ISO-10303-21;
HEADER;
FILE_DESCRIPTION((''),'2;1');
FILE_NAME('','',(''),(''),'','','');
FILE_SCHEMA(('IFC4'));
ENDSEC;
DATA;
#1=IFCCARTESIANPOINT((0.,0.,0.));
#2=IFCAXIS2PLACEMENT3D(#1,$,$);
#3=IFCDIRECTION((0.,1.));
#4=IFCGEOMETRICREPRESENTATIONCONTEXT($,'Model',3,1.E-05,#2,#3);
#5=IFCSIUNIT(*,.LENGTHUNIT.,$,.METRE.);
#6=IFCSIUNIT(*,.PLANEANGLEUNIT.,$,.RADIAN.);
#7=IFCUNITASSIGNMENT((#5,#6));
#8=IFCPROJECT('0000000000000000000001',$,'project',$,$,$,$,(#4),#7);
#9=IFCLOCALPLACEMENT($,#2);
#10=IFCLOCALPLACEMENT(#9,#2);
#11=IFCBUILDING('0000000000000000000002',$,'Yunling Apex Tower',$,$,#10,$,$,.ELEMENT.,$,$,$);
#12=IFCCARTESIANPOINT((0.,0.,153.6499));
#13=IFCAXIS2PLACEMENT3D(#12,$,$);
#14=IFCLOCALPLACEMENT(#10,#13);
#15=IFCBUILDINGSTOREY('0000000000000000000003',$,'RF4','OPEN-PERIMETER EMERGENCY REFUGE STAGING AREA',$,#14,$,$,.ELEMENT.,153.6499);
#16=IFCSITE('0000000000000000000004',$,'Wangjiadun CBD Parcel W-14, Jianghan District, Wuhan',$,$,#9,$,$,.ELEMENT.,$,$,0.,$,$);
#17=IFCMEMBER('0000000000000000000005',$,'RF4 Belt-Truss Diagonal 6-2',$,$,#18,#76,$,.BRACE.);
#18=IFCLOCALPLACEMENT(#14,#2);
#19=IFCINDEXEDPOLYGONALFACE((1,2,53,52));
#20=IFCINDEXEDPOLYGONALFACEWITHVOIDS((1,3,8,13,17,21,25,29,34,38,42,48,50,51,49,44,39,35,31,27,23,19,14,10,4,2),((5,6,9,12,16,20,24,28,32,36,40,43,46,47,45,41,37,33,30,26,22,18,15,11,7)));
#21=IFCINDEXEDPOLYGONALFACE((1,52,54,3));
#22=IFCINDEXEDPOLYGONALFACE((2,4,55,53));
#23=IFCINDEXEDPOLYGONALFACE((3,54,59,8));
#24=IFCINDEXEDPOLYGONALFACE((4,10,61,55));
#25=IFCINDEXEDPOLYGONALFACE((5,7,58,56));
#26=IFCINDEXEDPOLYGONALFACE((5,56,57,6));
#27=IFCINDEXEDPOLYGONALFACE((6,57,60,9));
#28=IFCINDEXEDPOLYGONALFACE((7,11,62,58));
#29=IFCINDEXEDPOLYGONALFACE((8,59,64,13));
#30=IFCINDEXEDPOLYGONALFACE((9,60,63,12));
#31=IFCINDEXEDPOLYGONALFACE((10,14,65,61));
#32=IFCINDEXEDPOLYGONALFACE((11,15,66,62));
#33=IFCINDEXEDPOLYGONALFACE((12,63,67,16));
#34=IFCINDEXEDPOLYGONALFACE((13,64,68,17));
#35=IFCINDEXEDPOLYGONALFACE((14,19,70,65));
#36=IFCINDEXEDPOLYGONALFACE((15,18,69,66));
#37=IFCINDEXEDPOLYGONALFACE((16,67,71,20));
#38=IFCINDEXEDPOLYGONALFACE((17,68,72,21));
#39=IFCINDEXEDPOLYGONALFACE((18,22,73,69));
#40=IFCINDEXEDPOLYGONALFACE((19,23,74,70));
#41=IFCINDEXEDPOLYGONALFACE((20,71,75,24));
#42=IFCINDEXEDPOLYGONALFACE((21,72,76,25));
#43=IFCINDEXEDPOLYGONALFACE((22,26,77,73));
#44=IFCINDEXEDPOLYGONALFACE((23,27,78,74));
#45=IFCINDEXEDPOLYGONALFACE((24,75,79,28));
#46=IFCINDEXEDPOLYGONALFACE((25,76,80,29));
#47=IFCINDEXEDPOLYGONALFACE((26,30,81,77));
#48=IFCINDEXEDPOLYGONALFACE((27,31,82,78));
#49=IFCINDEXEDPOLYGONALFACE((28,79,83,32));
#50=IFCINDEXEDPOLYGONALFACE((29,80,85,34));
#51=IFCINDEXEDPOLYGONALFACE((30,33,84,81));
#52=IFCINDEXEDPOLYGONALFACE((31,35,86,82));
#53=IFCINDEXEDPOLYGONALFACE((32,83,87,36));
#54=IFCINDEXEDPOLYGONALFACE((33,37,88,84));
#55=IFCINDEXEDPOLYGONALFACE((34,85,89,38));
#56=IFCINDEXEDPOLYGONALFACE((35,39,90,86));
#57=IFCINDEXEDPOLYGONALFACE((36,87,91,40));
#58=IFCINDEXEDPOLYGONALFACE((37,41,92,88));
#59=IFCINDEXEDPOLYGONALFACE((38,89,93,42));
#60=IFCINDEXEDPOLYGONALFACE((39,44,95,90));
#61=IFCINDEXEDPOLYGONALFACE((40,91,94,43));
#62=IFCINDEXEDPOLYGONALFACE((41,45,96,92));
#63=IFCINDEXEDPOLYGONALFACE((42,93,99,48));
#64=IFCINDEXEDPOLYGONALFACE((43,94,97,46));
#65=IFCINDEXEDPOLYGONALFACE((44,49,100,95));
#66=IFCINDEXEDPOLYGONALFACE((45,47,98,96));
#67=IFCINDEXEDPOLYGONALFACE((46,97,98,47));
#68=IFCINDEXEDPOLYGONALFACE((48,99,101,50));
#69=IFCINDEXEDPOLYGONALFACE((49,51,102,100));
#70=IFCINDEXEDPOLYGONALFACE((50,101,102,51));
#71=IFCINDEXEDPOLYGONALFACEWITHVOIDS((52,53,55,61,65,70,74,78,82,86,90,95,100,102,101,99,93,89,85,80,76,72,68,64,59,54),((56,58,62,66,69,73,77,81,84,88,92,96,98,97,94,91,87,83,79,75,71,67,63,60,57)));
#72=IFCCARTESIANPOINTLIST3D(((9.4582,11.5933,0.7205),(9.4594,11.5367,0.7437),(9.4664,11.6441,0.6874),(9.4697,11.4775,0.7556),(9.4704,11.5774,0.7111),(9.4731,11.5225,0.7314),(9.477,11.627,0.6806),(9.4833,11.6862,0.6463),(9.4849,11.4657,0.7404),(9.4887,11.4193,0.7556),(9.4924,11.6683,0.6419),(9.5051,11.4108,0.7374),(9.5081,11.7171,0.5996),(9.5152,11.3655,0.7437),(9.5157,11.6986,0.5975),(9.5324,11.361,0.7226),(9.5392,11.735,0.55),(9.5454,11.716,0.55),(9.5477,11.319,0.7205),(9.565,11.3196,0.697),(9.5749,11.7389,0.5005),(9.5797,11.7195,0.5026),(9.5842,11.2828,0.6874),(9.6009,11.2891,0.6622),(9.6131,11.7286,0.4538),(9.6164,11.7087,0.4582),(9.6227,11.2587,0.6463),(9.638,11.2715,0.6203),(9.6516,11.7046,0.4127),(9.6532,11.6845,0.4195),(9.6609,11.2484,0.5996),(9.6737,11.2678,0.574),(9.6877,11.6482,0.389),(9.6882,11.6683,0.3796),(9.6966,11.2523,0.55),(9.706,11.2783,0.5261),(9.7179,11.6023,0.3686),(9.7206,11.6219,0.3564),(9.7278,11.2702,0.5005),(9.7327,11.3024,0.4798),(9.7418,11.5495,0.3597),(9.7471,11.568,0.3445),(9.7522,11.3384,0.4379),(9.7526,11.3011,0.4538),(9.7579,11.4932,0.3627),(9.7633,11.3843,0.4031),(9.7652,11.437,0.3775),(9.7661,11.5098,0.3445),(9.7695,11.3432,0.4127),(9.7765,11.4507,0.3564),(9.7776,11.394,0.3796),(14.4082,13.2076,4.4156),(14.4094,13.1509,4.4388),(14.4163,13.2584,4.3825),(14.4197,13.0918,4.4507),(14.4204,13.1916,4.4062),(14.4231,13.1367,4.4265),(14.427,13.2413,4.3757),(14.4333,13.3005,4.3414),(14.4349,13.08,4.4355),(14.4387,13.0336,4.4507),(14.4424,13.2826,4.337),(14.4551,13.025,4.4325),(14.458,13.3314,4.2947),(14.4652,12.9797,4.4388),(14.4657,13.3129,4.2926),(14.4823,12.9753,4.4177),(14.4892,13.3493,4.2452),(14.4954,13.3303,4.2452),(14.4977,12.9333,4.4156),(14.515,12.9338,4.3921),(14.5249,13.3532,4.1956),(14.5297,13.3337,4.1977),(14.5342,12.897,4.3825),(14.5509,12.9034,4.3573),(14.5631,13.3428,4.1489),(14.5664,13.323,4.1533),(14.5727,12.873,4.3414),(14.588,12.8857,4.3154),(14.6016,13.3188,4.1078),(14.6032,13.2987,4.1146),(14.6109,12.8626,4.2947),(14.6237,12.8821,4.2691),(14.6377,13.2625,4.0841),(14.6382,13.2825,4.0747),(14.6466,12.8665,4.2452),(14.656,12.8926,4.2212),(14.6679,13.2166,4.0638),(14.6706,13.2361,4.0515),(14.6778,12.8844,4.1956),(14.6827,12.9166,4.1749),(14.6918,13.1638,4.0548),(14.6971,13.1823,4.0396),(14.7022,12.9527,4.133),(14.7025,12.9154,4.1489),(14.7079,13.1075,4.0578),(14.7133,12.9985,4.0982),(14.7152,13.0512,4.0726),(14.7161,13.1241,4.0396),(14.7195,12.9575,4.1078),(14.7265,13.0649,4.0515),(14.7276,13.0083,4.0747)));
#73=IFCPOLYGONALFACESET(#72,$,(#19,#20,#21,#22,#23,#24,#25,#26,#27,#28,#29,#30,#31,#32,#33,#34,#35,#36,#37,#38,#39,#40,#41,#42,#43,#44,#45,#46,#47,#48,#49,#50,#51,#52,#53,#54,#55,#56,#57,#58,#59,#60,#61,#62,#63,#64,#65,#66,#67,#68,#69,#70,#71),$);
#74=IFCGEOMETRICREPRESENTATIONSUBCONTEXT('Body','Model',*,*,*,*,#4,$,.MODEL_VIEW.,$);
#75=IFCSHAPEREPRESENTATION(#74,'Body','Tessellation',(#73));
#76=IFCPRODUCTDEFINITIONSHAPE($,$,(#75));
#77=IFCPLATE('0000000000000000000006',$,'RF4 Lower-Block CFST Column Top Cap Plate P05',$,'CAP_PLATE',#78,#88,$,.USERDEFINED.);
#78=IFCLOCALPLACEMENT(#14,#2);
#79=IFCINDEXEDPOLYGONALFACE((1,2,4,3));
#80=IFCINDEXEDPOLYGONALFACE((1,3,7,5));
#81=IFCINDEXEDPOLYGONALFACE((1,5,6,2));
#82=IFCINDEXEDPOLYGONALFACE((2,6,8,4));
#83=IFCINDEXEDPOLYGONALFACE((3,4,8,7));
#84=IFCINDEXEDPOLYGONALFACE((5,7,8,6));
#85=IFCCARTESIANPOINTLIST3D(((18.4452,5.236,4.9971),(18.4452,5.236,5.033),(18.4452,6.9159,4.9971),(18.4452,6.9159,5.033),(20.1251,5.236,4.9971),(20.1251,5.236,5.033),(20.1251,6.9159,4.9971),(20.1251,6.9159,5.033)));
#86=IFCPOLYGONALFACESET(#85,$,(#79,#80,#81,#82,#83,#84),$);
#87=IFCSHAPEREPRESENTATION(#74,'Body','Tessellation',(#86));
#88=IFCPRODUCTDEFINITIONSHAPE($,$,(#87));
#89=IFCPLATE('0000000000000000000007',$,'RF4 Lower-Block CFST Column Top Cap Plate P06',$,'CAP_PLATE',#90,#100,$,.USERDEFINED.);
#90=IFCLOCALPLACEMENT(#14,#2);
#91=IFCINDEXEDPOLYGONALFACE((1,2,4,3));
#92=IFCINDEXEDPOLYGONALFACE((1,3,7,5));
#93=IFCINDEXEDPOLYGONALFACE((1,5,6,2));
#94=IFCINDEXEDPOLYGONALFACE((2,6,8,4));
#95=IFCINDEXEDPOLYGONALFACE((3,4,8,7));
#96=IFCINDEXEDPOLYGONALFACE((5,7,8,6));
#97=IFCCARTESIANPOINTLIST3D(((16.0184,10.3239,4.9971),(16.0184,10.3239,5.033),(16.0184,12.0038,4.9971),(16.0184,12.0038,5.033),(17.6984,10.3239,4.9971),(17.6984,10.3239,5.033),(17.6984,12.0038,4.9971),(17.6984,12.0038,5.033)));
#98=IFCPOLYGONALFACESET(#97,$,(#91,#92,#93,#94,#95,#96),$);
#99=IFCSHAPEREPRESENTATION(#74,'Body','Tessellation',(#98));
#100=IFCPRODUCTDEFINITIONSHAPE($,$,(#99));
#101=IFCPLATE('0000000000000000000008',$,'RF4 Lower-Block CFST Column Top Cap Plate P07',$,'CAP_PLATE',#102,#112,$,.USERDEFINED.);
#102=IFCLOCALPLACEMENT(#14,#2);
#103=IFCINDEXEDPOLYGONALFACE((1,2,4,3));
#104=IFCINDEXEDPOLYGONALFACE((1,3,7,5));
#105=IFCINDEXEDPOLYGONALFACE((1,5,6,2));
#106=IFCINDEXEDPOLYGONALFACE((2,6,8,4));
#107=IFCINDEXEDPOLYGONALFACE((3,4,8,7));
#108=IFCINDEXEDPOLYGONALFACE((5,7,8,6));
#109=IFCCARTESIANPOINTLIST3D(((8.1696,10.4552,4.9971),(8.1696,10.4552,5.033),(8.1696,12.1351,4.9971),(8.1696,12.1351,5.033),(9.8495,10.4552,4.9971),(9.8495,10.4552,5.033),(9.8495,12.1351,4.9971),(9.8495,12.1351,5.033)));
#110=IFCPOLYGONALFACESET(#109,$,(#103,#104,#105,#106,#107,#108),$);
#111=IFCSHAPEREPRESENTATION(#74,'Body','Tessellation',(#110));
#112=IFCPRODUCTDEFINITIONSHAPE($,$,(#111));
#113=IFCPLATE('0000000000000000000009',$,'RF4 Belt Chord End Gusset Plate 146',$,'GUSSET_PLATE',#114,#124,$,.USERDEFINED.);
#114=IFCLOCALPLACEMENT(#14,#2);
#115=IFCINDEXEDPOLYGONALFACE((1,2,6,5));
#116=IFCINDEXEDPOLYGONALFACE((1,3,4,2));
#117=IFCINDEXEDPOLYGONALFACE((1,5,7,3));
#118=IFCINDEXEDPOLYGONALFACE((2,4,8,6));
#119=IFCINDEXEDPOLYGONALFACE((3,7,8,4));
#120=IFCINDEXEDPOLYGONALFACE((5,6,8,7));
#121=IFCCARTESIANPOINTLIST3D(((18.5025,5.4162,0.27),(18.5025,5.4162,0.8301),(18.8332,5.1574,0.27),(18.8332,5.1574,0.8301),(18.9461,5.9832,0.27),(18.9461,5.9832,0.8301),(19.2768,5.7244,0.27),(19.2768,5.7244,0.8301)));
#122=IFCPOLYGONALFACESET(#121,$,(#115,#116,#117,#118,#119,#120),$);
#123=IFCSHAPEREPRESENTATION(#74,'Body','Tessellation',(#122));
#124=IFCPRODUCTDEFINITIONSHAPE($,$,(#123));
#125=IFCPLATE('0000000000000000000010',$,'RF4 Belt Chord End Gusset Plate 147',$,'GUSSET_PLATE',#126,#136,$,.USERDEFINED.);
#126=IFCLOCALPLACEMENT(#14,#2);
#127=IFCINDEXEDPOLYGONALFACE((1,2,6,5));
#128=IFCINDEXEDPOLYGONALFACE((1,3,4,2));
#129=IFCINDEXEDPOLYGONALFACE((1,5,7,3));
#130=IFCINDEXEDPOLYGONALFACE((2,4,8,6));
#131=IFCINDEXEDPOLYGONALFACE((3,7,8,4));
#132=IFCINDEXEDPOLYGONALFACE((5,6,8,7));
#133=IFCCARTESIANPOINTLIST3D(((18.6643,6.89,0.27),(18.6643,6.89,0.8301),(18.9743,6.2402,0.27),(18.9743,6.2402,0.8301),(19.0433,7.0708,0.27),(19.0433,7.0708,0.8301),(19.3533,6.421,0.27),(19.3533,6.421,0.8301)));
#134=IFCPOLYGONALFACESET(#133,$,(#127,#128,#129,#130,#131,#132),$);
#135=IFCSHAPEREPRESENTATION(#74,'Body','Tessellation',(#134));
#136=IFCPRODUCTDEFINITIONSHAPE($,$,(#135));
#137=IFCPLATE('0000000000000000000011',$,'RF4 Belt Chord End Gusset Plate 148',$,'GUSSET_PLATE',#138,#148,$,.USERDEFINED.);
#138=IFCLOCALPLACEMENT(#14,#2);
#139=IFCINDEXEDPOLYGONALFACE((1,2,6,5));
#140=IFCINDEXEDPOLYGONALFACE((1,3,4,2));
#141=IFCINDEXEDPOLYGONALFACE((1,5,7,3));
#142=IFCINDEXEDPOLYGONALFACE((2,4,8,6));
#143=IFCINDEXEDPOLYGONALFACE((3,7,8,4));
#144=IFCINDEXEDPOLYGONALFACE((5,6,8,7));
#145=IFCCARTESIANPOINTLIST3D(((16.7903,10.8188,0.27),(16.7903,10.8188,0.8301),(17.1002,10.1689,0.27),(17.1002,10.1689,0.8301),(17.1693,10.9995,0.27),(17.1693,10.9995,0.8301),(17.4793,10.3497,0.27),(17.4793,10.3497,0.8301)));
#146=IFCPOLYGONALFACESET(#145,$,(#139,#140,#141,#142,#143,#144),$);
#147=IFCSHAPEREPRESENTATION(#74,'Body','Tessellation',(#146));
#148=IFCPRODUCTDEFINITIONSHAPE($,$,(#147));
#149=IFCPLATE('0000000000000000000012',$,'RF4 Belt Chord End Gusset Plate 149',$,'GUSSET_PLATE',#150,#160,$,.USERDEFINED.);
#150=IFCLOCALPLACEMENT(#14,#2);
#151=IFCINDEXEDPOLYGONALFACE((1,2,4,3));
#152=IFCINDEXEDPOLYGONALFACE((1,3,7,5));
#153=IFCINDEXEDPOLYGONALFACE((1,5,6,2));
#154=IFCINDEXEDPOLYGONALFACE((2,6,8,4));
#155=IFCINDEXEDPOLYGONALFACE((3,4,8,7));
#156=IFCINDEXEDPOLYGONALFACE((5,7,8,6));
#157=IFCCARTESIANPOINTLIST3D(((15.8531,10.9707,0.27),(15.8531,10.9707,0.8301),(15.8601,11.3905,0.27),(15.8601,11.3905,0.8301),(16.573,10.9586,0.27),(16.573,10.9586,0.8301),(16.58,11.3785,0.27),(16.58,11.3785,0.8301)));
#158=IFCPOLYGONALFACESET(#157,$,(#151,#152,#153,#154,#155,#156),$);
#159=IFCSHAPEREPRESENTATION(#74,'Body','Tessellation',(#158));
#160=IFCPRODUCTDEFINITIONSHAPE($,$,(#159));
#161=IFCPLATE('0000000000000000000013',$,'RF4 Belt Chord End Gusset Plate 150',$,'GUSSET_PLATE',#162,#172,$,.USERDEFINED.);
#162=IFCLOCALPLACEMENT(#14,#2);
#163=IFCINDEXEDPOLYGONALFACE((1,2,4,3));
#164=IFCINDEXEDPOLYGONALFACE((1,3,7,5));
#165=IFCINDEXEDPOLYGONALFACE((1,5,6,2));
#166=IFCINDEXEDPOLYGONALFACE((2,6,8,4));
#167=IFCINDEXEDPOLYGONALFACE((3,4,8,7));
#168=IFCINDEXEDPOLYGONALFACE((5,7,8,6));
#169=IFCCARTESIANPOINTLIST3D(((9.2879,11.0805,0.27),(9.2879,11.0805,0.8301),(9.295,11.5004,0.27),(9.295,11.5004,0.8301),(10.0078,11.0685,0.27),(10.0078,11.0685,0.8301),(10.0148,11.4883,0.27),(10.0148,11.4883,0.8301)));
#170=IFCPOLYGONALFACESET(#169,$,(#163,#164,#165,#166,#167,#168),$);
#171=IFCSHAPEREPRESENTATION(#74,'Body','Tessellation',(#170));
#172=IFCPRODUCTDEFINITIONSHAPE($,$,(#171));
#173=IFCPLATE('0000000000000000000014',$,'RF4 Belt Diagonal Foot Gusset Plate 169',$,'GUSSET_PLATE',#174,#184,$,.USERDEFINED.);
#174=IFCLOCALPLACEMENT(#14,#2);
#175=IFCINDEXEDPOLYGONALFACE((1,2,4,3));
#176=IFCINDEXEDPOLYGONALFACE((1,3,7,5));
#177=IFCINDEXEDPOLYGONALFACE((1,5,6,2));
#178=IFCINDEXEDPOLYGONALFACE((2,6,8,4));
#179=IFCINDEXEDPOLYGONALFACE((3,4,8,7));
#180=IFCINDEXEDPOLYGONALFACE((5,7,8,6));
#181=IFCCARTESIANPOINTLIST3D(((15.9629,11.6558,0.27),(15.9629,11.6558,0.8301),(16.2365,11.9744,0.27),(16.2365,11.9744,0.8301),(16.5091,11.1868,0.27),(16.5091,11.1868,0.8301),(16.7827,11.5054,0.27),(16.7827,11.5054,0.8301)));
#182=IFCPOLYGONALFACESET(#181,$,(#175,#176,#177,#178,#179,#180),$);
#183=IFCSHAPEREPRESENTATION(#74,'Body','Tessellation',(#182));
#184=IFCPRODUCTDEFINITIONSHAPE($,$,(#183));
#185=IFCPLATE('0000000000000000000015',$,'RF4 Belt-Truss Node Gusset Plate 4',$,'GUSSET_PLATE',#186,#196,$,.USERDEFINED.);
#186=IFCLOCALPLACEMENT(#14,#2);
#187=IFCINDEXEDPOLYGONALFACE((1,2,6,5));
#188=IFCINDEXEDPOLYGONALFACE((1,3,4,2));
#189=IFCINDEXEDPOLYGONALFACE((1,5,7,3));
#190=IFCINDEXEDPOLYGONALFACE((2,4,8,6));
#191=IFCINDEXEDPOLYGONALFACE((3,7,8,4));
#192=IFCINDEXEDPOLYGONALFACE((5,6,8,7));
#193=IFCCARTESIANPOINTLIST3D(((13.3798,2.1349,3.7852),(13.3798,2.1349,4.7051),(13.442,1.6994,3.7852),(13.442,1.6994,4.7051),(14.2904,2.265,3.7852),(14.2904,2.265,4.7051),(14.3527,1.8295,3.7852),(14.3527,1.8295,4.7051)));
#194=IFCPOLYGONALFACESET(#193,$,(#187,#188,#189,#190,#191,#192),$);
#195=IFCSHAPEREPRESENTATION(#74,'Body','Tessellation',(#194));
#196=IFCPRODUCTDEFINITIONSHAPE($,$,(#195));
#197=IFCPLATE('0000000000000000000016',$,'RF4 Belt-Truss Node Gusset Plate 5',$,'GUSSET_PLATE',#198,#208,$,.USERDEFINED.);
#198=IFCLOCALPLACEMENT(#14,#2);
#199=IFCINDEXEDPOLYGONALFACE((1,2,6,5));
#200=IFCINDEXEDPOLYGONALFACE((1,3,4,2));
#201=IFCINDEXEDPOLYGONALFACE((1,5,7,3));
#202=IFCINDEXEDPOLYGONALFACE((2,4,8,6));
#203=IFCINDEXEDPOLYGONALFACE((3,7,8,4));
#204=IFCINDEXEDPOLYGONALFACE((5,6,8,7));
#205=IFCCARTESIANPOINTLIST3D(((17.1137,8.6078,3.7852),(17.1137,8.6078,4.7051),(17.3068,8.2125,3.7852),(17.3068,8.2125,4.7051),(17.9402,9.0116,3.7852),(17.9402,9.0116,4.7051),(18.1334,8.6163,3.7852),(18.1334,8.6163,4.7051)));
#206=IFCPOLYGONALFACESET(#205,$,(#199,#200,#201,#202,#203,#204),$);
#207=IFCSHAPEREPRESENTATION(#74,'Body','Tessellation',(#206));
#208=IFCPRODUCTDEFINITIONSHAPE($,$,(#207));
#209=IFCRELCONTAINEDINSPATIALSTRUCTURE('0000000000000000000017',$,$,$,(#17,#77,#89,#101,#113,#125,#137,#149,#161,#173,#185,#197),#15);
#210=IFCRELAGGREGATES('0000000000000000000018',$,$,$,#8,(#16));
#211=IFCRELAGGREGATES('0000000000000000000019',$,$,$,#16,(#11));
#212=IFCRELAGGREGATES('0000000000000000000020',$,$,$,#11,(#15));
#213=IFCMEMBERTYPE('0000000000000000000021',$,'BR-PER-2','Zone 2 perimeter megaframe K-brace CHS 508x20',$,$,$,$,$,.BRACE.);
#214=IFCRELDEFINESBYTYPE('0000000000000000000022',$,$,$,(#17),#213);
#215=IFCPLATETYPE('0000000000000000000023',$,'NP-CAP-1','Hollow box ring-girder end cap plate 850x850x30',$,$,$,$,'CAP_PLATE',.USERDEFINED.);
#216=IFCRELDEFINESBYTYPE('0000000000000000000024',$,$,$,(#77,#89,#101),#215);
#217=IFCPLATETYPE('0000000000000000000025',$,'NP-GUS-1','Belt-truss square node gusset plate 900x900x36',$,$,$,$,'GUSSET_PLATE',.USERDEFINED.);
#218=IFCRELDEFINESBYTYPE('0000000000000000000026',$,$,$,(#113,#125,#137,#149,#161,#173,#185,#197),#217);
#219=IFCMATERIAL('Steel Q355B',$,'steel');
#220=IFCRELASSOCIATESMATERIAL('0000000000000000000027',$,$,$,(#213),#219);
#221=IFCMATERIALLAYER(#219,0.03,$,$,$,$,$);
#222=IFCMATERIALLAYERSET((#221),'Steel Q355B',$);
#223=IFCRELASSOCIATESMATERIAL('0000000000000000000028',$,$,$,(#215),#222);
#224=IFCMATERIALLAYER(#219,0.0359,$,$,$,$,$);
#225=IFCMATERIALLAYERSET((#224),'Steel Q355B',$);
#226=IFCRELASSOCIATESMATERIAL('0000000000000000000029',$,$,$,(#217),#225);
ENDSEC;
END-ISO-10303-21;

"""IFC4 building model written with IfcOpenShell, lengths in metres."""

from ifc_helpers import new_model, si_unit, direction, frame, origin, origin_2d, place, context, subcontext, project, spatial, rectangle, hollow_circle, extrude, source, transform, mapped, material, layer, layer_set, material_profile, profile_set, type_object, element, save


model = new_model("IFC4")

# Units and contexts
model_context = context("Model", 3, precision=1e-05, world=origin(), true_north=direction((0.0, 1.0)))
body_context = subcontext(model_context, "Body", "Model", "MODEL_VIEW")
ifc_project = project(units=[si_unit("LENGTHUNIT", "METRE"), si_unit("PLANEANGLEUNIT", "RADIAN")], contexts=[model_context])

# Site, building, storey
site_placement = place(None, origin())
site = spatial("IfcSite", under=ifc_project, at=site_placement, Name="Wangjiadun CBD Parcel W-14, Jianghan District, Wuhan", CompositionType="ELEMENT", RefElevation=0.0)
building_placement = place(site_placement, origin())
building = spatial("IfcBuilding", under=site, at=building_placement, Name="Yunling Apex Tower", CompositionType="ELEMENT")
storey_placement = place(building_placement, frame((0.0, 0.0, 153.6499)))
storey = spatial("IfcBuildingStorey", under=building, at=storey_placement, Name="RF4", Description="OPEN-PERIMETER EMERGENCY REFUGE STAGING AREA", CompositionType="ELEMENT", Elevation=153.6499)

# Member
ifc_material_1 = material(Name="Steel Q355B", Category="steel")
ifc_material_profile_1 = material_profile(ifc_material_1, hollow_circle(Radius=0.2539, WallThickness=0.02, at=origin_2d()))
ifc_profile_set_1 = profile_set([ifc_material_profile_1], Name="Steel Q355B")
member_type_1 = type_object("IfcMemberType", Name="BR-PER-2", Description="Zone 2 perimeter megaframe K-brace CHS 508x20", PredefinedType="BRACE", material=ifc_profile_set_1)
shared_shape_1 = source(origin(), body_context, "Body", "SweptSolid", [
    extrude(hollow_circle(Radius=0.2539, WallThickness=0.02, at=origin_2d()), origin(), (0.0, 0.0, 1.0), 6.3845),
])
member_1_placement = place(storey_placement, frame((9.6179, 11.4937, 0.55), z_axis=(0.775312, 0.252842, 0.578759), x_axis=(-0.310045, 0.950722, 0.0)))
element("IfcMember", 1, at=member_1_placement, inside=storey, type_object=member_type_1, Name="RF4 Belt-Truss Diagonal 6-2", PredefinedType="BRACE", context=body_context, shape_type="MappedRepresentation", body=[
    mapped(shared_shape_1, transform((0.0, 0.0, 0.0), scale=1.0)),
])

# Plates
ifc_layer_1 = layer(ifc_material_1, 0.03)
ifc_layer_set_1 = layer_set([ifc_layer_1], Name="Steel Q355B")
plate_type_1 = type_object("IfcPlateType", Name="NP-CAP-1", Description="Hollow box ring-girder end cap plate 850x850x30", ElementType="CAP_PLATE", PredefinedType="USERDEFINED", material=ifc_layer_set_1)
shared_shape_2 = source(origin(), body_context, "Body", "SweptSolid", [
    extrude(rectangle(XDim=1.6799, YDim=1.6799, at=origin_2d()), origin(), (0.0, 0.0, 1.0), 0.0359),
])
for number, where, z_axis, x_axis, name in (
    (2, (19.2852, 6.0759, 4.9971), (0.0, 0.0, 1.0), (1.0, 0.0, 0.0), "RF4 Lower-Block CFST Column Top Cap Plate P05"),
    (3, (16.8584, 11.1638, 4.9971), (0.0, 0.0, 1.0), (1.0, 0.0, 0.0), "RF4 Lower-Block CFST Column Top Cap Plate P06"),
    (4, (9.0095, 11.2952, 4.9971), (0.0, 0.0, 1.0), (1.0, 0.0, 0.0), "RF4 Lower-Block CFST Column Top Cap Plate P07"),
):
    element("IfcPlate", number, at=place(storey_placement, frame(where, z_axis=z_axis, x_axis=x_axis)), inside=storey, type_object=plate_type_1, Name=name, ObjectType="CAP_PLATE", PredefinedType="USERDEFINED", context=body_context, shape_type="MappedRepresentation", body=[
        mapped(shared_shape_2, transform((0.0, 0.0, 0.0), scale=1.0)),
    ])
ifc_layer_2 = layer(ifc_material_1, 0.0359)
ifc_layer_set_2 = layer_set([ifc_layer_2], Name="Steel Q355B")
plate_type_2 = type_object("IfcPlateType", Name="NP-GUS-1", Description="Belt-truss square node gusset plate 900x900x36", ElementType="GUSSET_PLATE", PredefinedType="USERDEFINED", material=ifc_layer_set_2)
shared_shape_3 = source(origin(), body_context, "Body", "SweptSolid", [
    extrude(rectangle(XDim=0.72, YDim=0.4199, at=origin_2d()), origin(), (0.0, 0.0, 1.0), 0.5601),
])
for number, where, z_axis, x_axis, name in (
    (5, (18.8896, 5.5703, 0.27), (0.0, 0.0, 1.0), (0.616211, 0.787581, 0.0), "RF4 Belt Chord End Gusset Plate 146"),
    (6, (19.0088, 6.6555, 0.27), (0.0, 0.0, 1.0), (-0.430511, 0.902585, 0.0), "RF4 Belt Chord End Gusset Plate 147"),
    (7, (17.1348, 10.5842, 0.27), (0.0, 0.0, 1.0), (-0.430511, 0.902585, 0.0), "RF4 Belt Chord End Gusset Plate 148"),
    (8, (16.2166, 11.1746, 0.27), (0.0, 0.0, 1.0), (-0.99986, 0.016754, 0.0), "RF4 Belt Chord End Gusset Plate 149"),
    (9, (9.6514, 11.2844, 0.27), (0.0, 0.0, 1.0), (-0.99986, 0.016754, 0.0), "RF4 Belt Chord End Gusset Plate 150"),
    (10, (16.3728, 11.5806, 0.27), (0.0, 0.0, 1.0), (-0.758703, 0.651437, 0.0), "RF4 Belt Diagonal Foot Gusset Plate 169"),
):
    element("IfcPlate", number, at=place(storey_placement, frame(where, z_axis=z_axis, x_axis=x_axis)), inside=storey, type_object=plate_type_2, Name=name, ObjectType="GUSSET_PLATE", PredefinedType="USERDEFINED", context=body_context, shape_type="MappedRepresentation", body=[
        mapped(shared_shape_3, transform((0.0, 0.0, 0.0), scale=1.0)),
    ])
shared_shape_4 = source(origin(), body_context, "Body", "SweptSolid", [
    extrude(rectangle(XDim=0.9199, YDim=0.4399, at=origin_2d()), origin(), (0.0, 0.0, 1.0), 0.9199),
])
for number, where, z_axis, x_axis, name in (
    (11, (13.8662, 1.9822, 3.7852), (0.0, 0.0, 1.0), (0.98995, 0.14142, 0.0), "RF4 Belt-Truss Node Gusset Plate 4"),
    (12, (17.6235, 8.6121, 3.7852), (0.0, 0.0, 1.0), (0.898488, 0.438999, 0.0), "RF4 Belt-Truss Node Gusset Plate 5"),
):
    element("IfcPlate", number, at=place(storey_placement, frame(where, z_axis=z_axis, x_axis=x_axis)), inside=storey, type_object=plate_type_2, Name=name, ObjectType="GUSSET_PLATE", PredefinedType="USERDEFINED", context=body_context, shape_type="MappedRepresentation", body=[
        mapped(shared_shape_4, transform((0.0, 0.0, 0.0), scale=1.0)),
    ])

save(model, "model.ifc")
